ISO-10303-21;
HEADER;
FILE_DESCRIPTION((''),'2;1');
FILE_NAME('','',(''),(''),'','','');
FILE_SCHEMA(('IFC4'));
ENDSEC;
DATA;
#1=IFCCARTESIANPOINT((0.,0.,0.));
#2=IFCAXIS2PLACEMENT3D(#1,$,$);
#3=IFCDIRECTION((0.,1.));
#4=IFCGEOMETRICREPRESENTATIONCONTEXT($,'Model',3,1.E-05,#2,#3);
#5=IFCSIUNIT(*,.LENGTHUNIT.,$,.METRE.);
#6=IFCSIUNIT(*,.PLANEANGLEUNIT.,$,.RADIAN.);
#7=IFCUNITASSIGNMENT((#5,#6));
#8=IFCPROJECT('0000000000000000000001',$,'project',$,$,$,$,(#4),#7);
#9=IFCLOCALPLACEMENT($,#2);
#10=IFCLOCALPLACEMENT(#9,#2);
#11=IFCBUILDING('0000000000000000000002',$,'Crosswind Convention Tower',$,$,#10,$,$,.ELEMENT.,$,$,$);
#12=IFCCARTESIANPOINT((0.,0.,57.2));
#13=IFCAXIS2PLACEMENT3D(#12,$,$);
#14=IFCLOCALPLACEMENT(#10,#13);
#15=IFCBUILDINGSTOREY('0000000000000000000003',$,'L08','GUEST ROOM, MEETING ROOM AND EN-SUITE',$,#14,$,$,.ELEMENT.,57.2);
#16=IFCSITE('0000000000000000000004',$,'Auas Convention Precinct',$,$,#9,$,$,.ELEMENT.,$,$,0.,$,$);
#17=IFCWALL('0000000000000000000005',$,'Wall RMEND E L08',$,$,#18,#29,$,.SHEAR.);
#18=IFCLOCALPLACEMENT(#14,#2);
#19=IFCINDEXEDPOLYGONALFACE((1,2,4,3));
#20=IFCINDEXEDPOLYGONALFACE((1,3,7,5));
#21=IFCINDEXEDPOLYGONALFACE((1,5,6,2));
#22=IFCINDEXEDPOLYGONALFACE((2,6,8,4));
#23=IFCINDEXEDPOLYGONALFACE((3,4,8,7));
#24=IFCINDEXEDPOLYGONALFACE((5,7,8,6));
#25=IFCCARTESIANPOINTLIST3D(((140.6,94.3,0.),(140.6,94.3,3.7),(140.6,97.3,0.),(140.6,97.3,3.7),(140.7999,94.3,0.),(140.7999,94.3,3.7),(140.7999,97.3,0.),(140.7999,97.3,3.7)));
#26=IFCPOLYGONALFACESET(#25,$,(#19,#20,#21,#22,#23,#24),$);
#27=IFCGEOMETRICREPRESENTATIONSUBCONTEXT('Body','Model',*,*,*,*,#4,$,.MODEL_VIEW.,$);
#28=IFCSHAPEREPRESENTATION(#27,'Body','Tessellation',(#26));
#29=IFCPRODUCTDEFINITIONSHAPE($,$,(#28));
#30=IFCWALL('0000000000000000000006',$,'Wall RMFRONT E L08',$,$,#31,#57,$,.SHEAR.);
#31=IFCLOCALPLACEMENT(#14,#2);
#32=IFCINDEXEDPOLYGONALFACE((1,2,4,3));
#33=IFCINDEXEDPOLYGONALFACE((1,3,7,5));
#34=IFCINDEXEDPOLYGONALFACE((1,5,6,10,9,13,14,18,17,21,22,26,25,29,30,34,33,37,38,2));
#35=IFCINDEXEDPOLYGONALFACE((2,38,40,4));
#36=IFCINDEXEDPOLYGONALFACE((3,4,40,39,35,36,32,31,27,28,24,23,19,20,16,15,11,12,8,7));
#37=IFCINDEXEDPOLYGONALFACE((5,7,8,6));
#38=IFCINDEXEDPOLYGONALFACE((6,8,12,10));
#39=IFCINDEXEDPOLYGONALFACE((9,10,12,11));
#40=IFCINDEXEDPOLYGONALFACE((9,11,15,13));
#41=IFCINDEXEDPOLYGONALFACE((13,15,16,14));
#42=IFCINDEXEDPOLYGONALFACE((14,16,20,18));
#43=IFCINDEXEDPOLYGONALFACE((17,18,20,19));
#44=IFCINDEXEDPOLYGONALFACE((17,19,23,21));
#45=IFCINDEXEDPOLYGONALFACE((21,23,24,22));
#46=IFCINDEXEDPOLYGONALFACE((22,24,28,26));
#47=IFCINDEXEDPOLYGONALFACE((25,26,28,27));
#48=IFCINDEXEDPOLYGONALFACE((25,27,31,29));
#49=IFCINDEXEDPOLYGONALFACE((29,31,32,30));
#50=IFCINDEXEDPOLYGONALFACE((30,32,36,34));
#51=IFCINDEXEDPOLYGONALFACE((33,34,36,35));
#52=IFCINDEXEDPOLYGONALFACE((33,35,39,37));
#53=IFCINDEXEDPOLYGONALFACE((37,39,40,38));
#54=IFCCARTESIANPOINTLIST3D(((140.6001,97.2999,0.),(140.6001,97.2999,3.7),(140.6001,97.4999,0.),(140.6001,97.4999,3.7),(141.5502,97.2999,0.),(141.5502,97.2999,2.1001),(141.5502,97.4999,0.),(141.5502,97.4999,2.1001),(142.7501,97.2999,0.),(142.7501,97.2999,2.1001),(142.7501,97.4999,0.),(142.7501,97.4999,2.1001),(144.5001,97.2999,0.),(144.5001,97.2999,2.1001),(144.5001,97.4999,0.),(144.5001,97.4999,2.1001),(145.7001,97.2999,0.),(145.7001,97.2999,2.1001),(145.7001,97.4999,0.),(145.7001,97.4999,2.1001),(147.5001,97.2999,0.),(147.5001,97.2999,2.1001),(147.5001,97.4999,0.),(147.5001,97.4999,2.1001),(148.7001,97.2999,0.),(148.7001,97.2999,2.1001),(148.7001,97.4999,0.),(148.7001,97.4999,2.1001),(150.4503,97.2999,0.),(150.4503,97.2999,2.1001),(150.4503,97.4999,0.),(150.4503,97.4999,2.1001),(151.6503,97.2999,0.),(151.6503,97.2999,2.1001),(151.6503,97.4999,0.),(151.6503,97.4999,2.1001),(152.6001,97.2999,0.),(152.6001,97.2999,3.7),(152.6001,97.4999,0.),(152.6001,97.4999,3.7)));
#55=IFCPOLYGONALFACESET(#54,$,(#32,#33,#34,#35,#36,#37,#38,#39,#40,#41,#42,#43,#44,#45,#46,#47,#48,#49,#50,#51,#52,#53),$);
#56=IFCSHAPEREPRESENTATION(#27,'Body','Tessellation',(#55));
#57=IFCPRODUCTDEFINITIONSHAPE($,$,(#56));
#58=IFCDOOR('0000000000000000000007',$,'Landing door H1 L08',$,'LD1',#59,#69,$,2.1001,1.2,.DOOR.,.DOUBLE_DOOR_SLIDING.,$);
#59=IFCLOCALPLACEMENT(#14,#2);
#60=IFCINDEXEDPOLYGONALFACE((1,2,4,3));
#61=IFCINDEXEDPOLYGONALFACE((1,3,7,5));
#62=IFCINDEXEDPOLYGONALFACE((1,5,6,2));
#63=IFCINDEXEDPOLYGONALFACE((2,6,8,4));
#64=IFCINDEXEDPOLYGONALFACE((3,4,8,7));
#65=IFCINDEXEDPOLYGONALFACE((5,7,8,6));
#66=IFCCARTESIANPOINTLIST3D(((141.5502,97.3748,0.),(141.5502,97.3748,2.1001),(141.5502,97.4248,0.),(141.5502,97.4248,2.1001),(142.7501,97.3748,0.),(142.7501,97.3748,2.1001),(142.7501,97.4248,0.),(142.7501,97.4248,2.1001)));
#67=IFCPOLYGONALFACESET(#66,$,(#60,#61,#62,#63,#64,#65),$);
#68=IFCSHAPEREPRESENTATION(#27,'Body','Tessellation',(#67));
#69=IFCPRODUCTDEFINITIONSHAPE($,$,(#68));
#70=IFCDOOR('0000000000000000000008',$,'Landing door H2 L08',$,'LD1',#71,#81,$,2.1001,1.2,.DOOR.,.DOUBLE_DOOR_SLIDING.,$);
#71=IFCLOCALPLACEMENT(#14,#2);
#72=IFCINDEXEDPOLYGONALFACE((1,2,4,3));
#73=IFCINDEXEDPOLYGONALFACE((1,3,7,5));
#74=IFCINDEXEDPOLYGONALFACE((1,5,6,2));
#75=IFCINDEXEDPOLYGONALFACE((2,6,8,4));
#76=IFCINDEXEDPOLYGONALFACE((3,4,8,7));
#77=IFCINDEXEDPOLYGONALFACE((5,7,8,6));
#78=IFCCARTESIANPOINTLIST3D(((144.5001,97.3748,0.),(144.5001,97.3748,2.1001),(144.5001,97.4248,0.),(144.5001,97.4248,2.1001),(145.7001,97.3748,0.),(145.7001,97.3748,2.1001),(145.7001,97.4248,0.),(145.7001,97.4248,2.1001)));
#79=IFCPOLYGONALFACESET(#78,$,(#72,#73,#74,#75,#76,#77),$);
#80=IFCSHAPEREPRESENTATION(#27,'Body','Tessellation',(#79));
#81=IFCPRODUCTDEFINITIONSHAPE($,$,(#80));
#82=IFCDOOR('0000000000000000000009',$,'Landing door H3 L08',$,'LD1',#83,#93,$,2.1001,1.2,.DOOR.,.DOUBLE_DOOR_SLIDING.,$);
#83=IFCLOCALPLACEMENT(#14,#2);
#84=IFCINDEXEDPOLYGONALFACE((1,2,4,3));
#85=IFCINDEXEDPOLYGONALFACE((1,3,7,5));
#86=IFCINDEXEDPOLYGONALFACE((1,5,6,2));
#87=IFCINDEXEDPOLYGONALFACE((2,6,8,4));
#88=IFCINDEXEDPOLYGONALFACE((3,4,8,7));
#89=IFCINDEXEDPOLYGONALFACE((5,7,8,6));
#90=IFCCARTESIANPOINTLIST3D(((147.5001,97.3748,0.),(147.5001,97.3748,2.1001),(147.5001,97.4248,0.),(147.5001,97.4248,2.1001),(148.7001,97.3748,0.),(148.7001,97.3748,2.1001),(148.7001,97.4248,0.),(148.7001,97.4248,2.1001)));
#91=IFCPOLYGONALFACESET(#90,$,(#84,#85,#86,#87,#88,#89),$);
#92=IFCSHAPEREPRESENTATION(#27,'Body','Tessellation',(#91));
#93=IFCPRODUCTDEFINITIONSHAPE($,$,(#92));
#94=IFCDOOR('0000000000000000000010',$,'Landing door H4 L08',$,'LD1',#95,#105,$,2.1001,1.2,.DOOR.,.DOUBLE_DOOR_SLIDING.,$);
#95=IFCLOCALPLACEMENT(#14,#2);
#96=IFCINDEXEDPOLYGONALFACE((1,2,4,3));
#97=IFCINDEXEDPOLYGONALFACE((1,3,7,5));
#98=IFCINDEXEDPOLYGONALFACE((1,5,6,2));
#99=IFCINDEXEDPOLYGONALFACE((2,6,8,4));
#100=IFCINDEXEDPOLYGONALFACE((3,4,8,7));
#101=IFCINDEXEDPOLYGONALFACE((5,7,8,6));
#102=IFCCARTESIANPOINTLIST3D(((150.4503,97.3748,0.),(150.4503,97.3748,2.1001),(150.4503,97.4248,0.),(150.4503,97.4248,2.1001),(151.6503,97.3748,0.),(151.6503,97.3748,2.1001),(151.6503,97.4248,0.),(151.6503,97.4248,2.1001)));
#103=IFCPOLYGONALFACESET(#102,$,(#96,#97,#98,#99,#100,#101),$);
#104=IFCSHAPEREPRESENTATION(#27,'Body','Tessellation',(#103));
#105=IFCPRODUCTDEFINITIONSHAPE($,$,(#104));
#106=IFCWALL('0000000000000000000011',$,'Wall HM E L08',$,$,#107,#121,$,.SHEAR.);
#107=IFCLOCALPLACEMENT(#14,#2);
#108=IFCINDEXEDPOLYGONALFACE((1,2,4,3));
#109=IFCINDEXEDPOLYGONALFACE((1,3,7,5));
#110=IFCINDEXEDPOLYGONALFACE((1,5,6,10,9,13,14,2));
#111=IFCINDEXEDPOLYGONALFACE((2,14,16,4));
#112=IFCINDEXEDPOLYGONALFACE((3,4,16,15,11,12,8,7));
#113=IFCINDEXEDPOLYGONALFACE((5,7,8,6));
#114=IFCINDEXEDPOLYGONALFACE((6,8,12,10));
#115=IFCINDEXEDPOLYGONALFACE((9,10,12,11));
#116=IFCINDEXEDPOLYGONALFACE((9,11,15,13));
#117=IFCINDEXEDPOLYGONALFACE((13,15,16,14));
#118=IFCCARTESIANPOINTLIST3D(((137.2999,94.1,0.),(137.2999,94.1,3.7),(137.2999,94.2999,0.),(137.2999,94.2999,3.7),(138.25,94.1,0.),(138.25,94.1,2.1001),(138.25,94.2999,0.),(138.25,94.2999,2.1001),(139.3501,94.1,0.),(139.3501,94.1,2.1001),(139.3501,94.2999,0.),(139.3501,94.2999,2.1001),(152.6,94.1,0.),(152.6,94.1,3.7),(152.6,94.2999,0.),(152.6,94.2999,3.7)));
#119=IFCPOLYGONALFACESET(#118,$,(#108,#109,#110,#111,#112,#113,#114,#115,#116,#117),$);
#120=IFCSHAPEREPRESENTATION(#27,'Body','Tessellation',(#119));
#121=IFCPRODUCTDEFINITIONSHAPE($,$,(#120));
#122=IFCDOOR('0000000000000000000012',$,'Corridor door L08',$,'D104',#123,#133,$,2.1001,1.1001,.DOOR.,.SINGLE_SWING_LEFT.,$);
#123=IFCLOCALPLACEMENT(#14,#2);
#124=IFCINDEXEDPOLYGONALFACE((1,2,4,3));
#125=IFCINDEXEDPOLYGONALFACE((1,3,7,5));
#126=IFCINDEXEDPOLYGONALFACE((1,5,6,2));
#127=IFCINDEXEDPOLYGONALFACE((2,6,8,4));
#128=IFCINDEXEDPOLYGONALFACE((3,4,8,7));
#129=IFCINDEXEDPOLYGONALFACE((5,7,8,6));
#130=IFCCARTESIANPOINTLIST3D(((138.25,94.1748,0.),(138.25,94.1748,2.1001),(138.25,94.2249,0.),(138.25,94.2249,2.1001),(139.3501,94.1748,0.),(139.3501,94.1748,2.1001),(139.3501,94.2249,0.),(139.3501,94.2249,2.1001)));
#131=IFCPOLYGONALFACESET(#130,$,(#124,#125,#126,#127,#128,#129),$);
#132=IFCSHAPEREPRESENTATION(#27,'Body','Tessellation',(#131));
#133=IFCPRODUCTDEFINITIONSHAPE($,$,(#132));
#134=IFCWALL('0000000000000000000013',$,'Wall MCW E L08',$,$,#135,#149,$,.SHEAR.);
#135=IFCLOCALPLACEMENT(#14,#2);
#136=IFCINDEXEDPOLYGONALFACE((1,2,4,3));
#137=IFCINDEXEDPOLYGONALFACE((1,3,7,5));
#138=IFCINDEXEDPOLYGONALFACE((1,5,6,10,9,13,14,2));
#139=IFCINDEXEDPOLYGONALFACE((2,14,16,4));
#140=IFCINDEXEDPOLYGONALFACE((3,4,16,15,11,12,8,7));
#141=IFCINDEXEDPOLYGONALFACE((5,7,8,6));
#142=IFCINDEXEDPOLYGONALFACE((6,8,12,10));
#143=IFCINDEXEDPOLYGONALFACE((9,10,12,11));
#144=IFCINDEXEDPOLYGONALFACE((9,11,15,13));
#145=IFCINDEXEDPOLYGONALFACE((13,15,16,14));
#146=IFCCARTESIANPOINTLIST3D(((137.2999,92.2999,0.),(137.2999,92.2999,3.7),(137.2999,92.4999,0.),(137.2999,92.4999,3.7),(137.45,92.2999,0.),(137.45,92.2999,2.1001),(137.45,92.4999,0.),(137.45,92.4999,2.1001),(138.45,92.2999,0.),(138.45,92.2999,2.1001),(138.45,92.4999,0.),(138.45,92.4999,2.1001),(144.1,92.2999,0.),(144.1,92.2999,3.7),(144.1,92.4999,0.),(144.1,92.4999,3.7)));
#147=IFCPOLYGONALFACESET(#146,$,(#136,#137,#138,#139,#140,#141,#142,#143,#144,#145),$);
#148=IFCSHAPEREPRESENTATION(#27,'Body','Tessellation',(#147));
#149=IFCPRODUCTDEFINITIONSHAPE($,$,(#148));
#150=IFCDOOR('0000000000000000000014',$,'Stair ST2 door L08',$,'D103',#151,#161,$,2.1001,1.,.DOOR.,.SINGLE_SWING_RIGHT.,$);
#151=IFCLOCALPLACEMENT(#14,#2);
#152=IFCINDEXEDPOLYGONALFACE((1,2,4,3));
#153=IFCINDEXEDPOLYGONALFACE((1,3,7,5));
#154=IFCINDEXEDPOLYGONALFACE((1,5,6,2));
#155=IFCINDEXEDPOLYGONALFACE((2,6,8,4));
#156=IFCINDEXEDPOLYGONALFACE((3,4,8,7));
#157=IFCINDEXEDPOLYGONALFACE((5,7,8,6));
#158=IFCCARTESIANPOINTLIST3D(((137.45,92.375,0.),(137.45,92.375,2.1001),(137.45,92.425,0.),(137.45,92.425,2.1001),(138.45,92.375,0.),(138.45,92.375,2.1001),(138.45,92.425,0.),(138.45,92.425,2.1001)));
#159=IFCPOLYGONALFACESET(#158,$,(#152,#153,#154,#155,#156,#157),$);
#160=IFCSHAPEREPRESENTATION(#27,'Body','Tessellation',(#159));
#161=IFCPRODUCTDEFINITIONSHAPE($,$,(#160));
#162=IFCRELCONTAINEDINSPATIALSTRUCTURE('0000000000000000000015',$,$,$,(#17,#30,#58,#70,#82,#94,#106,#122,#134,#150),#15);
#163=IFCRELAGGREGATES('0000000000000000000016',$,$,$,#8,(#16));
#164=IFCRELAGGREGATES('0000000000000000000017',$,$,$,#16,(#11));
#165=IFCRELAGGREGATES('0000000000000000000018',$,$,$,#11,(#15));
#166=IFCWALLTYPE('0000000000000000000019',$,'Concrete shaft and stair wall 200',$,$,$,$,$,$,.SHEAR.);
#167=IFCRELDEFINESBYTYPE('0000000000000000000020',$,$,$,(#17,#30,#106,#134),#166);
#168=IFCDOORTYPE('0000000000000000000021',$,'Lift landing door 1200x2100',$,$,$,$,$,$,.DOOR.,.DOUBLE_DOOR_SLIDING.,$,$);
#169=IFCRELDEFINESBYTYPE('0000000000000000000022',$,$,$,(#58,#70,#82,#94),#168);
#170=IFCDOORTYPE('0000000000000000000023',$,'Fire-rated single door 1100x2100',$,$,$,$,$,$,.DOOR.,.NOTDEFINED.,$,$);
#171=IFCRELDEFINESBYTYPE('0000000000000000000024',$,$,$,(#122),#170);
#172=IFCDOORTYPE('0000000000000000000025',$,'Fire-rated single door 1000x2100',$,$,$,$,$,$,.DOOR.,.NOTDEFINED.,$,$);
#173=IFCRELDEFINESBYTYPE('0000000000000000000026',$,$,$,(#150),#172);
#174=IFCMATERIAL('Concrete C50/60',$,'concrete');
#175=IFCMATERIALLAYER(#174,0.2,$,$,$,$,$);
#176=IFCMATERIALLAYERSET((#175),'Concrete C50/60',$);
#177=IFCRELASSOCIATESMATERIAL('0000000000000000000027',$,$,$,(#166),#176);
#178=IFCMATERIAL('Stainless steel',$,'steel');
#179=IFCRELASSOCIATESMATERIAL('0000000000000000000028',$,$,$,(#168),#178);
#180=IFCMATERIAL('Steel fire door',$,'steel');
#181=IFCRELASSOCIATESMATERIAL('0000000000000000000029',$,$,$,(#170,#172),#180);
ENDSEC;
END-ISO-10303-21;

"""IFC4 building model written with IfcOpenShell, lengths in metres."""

from ifc_helpers import new_model, si_unit, direction, frame, frame_2d, origin, place, context, subcontext, project, spatial, rectangle, extrude, material, layer, layer_set, type_object, element, fill, save


model = new_model("IFC4")

# Units and contexts
model_context = context("Model", 3, precision=1e-05, world=origin(), true_north=direction((0.0, 1.0)))
body_context = subcontext(model_context, "Body", "Model", "MODEL_VIEW")
ifc_project = project(units=[si_unit("LENGTHUNIT", "METRE"), si_unit("PLANEANGLEUNIT", "RADIAN")], contexts=[model_context])

# Site, building, storey
site_placement = place(None, origin())
site = spatial("IfcSite", under=ifc_project, at=site_placement, Name="Auas Convention Precinct", CompositionType="ELEMENT", RefElevation=0.0)
building_placement = place(site_placement, origin())
building = spatial("IfcBuilding", under=site, at=building_placement, Name="Crosswind Convention Tower", CompositionType="ELEMENT")
storey_placement = place(building_placement, frame((0.0, 0.0, 57.2)))
storey = spatial("IfcBuildingStorey", under=building, at=storey_placement, Name="L08", Description="GUEST ROOM, MEETING ROOM AND EN-SUITE", CompositionType="ELEMENT", Elevation=57.2)

# Shared definitions
ifc_material_1 = material(Name="Concrete C50/60", Category="concrete")

# Wall
ifc_layer_1 = layer(ifc_material_1, 0.2)
ifc_layer_set_1 = layer_set([ifc_layer_1], Name="Concrete C50/60")
wall_type_1 = type_object("IfcWallType", Name="Concrete shaft and stair wall 200", PredefinedType="SHEAR", material=ifc_layer_set_1)
wall_1_placement = place(storey_placement, frame((140.7, 94.3, 0.0), z_axis=(0.0, 0.0, 1.0), x_axis=(0.0, 1.0, 0.0)))
element("IfcWall", 1, at=wall_1_placement, inside=storey, type_object=wall_type_1, Name="Wall RMEND E L08", PredefinedType="SHEAR", context=body_context, shape_type="SweptSolid", body=[
    extrude(rectangle(XDim=3.0, YDim=0.2, at=frame_2d((1.5, 0.0))), origin(), (0.0, 0.0, 1.0), 3.7),
])

# Wall, openings, doors
wall_2_placement = place(storey_placement, frame((140.6001, 97.3999, 0.0), z_axis=(0.0, 0.0, 1.0), x_axis=(1.0, 0.0, 0.0)))
wall_2 = element("IfcWall", 2, at=wall_2_placement, inside=storey, type_object=wall_type_1, Name="Wall RMFRONT E L08", PredefinedType="SHEAR", context=body_context, shape_type="SweptSolid", body=[
    extrude(rectangle(XDim=12.0, YDim=0.2, at=frame_2d((6.0, 0.0))), origin(), (0.0, 0.0, 1.0), 3.7),
])
opening_1_placement = place(wall_2_placement, frame((0.95, 0.0, 0.0)))
opening_1 = element("IfcOpeningElement", 3, at=opening_1_placement, cuts=wall_2, PredefinedType="OPENING", context=body_context, shape_type="SweptSolid", body=[
    extrude(rectangle(XDim=1.2, YDim=2.1001, at=frame_2d((0.6001, 1.05))), frame((0.0, 0.1099, 0.0), z_axis=(0.0, -1.0, 0.0), x_axis=(1.0, 0.0, 0.0)), (0.0, 0.0, 1.0), 0.22),
])
opening_2_placement = place(wall_2_placement, frame((3.8999, 0.0, 0.0)))
opening_2 = element("IfcOpeningElement", 4, at=opening_2_placement, cuts=wall_2, PredefinedType="OPENING", context=body_context, shape_type="SweptSolid", body=[
    extrude(rectangle(XDim=1.2, YDim=2.1001, at=frame_2d((0.6001, 1.05))), frame((0.0, 0.1099, 0.0), z_axis=(0.0, -1.0, 0.0), x_axis=(1.0, 0.0, 0.0)), (0.0, 0.0, 1.0), 0.22),
])
opening_3_placement = place(wall_2_placement, frame((6.8999, 0.0, 0.0)))
opening_3 = element("IfcOpeningElement", 5, at=opening_3_placement, cuts=wall_2, PredefinedType="OPENING", context=body_context, shape_type="SweptSolid", body=[
    extrude(rectangle(XDim=1.2, YDim=2.1001, at=frame_2d((0.6001, 1.05))), frame((0.0, 0.1099, 0.0), z_axis=(0.0, -1.0, 0.0), x_axis=(1.0, 0.0, 0.0)), (0.0, 0.0, 1.0), 0.22),
])
opening_4_placement = place(wall_2_placement, frame((9.8501, 0.0, 0.0)))
opening_4 = element("IfcOpeningElement", 6, at=opening_4_placement, cuts=wall_2, PredefinedType="OPENING", context=body_context, shape_type="SweptSolid", body=[
    extrude(rectangle(XDim=1.2, YDim=2.1001, at=frame_2d((0.6001, 1.05))), frame((0.0, 0.1099, 0.0), z_axis=(0.0, -1.0, 0.0), x_axis=(1.0, 0.0, 0.0)), (0.0, 0.0, 1.0), 0.22),
])
ifc_material_2 = material(Name="Stainless steel", Category="steel")
door_type_1 = type_object("IfcDoorType", Name="Lift landing door 1200x2100", OperationType="DOUBLE_DOOR_SLIDING", PredefinedType="DOOR", material=ifc_material_2)
door_1_placement = place(opening_1_placement, origin())
door_1 = element("IfcDoor", 7, at=door_1_placement, inside=storey, type_object=door_type_1, Name="Landing door H1 L08", ObjectType="LD1", OperationType="DOUBLE_DOOR_SLIDING", OverallHeight=2.1001, OverallWidth=1.2, PredefinedType="DOOR", context=body_context, shape_type="SweptSolid", body=[
    extrude(rectangle(XDim=1.2, YDim=2.1001, at=frame_2d((0.6001, 1.05))), frame((0.0, 0.0249, 0.0), z_axis=(0.0, -1.0, 0.0), x_axis=(1.0, 0.0, 0.0)), (0.0, 0.0, 1.0), 0.05),
])
fill(opening_1, door_1)
door_2_placement = place(opening_2_placement, origin())
door_2 = element("IfcDoor", 8, at=door_2_placement, inside=storey, type_object=door_type_1, Name="Landing door H2 L08", ObjectType="LD1", OperationType="DOUBLE_DOOR_SLIDING", OverallHeight=2.1001, OverallWidth=1.2, PredefinedType="DOOR", context=body_context, shape_type="SweptSolid", body=[
    extrude(rectangle(XDim=1.2, YDim=2.1001, at=frame_2d((0.6001, 1.05))), frame((0.0, 0.0249, 0.0), z_axis=(0.0, -1.0, 0.0), x_axis=(1.0, 0.0, 0.0)), (0.0, 0.0, 1.0), 0.05),
])
fill(opening_2, door_2)
door_3_placement = place(opening_3_placement, origin())
door_3 = element("IfcDoor", 9, at=door_3_placement, inside=storey, type_object=door_type_1, Name="Landing door H3 L08", ObjectType="LD1", OperationType="DOUBLE_DOOR_SLIDING", OverallHeight=2.1001, OverallWidth=1.2, PredefinedType="DOOR", context=body_context, shape_type="SweptSolid", body=[
    extrude(rectangle(XDim=1.2, YDim=2.1001, at=frame_2d((0.6001, 1.05))), frame((0.0, 0.0249, 0.0), z_axis=(0.0, -1.0, 0.0), x_axis=(1.0, 0.0, 0.0)), (0.0, 0.0, 1.0), 0.05),
])
fill(opening_3, door_3)
door_4_placement = place(opening_4_placement, origin())
door_4 = element("IfcDoor", 10, at=door_4_placement, inside=storey, type_object=door_type_1, Name="Landing door H4 L08", ObjectType="LD1", OperationType="DOUBLE_DOOR_SLIDING", OverallHeight=2.1001, OverallWidth=1.2, PredefinedType="DOOR", context=body_context, shape_type="SweptSolid", body=[
    extrude(rectangle(XDim=1.2, YDim=2.1001, at=frame_2d((0.6001, 1.05))), frame((0.0, 0.0249, 0.0), z_axis=(0.0, -1.0, 0.0), x_axis=(1.0, 0.0, 0.0)), (0.0, 0.0, 1.0), 0.05),
])
fill(opening_4, door_4)

# Walls, openings, doors
wall_3_placement = place(storey_placement, frame((137.3, 94.2, 0.0), z_axis=(0.0, 0.0, 1.0), x_axis=(1.0, 0.0, 0.0)))
wall_3 = element("IfcWall", 11, at=wall_3_placement, inside=storey, type_object=wall_type_1, Name="Wall HM E L08", PredefinedType="SHEAR", context=body_context, shape_type="SweptSolid", body=[
    extrude(rectangle(XDim=15.3, YDim=0.2, at=frame_2d((7.6499, 0.0))), origin(), (0.0, 0.0, 1.0), 3.7),
])
opening_5_placement = place(wall_3_placement, frame((0.95, 0.0, 0.0)))
opening_5 = element("IfcOpeningElement", 12, at=opening_5_placement, cuts=wall_3, PredefinedType="OPENING", context=body_context, shape_type="SweptSolid", body=[
    extrude(rectangle(XDim=1.1001, YDim=2.1001, at=frame_2d((0.55, 1.05))), frame((0.0, 0.1099, 0.0), z_axis=(0.0, -1.0, 0.0), x_axis=(1.0, 0.0, 0.0)), (0.0, 0.0, 1.0), 0.22),
])
ifc_material_3 = material(Name="Steel fire door", Category="steel")
door_type_2 = type_object("IfcDoorType", Name="Fire-rated single door 1100x2100", OperationType="NOTDEFINED", PredefinedType="DOOR", material=ifc_material_3)
door_5_placement = place(opening_5_placement, origin())
door_5 = element("IfcDoor", 13, at=door_5_placement, inside=storey, type_object=door_type_2, Name="Corridor door L08", ObjectType="D104", OperationType="SINGLE_SWING_LEFT", OverallHeight=2.1001, OverallWidth=1.1001, PredefinedType="DOOR", context=body_context, shape_type="SweptSolid", body=[
    extrude(rectangle(XDim=1.1001, YDim=2.1001, at=frame_2d((0.55, 1.05))), frame((0.0, 0.0249, 0.0), z_axis=(0.0, -1.0, 0.0), x_axis=(1.0, 0.0, 0.0)), (0.0, 0.0, 1.0), 0.05),
])
fill(opening_5, door_5)
wall_4_placement = place(storey_placement, frame((137.3, 92.3999, 0.0), z_axis=(0.0, 0.0, 1.0), x_axis=(1.0, 0.0, 0.0)))
wall_4 = element("IfcWall", 14, at=wall_4_placement, inside=storey, type_object=wall_type_1, Name="Wall MCW E L08", PredefinedType="SHEAR", context=body_context, shape_type="SweptSolid", body=[
    extrude(rectangle(XDim=6.8, YDim=0.2, at=frame_2d((3.3999, 0.0))), origin(), (0.0, 0.0, 1.0), 3.7),
])
opening_6_placement = place(wall_4_placement, frame((0.1499, 0.0, 0.0)))
opening_6 = element("IfcOpeningElement", 15, at=opening_6_placement, cuts=wall_4, PredefinedType="OPENING", context=body_context, shape_type="SweptSolid", body=[
    extrude(rectangle(XDim=1.0, YDim=2.1001, at=frame_2d((0.5, 1.05))), frame((0.0, 0.1099, 0.0), z_axis=(0.0, -1.0, 0.0), x_axis=(1.0, 0.0, 0.0)), (0.0, 0.0, 1.0), 0.22),
])
door_type_3 = type_object("IfcDoorType", Name="Fire-rated single door 1000x2100", OperationType="NOTDEFINED", PredefinedType="DOOR", material=ifc_material_3)
door_6_placement = place(opening_6_placement, frame((1.0, 0.0, 0.0), z_axis=(0.0, 0.0, 1.0), x_axis=(-1.0, 0.0, 0.0)))
door_6 = element("IfcDoor", 16, at=door_6_placement, inside=storey, type_object=door_type_3, Name="Stair ST2 door L08", ObjectType="D103", OperationType="SINGLE_SWING_RIGHT", OverallHeight=2.1001, OverallWidth=1.0, PredefinedType="DOOR", context=body_context, shape_type="SweptSolid", body=[
    extrude(rectangle(XDim=1.0, YDim=2.1001, at=frame_2d((0.5, 1.05))), frame((0.0, 0.0249, 0.0), z_axis=(0.0, -1.0, 0.0), x_axis=(1.0, 0.0, 0.0)), (0.0, 0.0, 1.0), 0.05),
])
fill(opening_6, door_6)

save(model, "model.ifc")
